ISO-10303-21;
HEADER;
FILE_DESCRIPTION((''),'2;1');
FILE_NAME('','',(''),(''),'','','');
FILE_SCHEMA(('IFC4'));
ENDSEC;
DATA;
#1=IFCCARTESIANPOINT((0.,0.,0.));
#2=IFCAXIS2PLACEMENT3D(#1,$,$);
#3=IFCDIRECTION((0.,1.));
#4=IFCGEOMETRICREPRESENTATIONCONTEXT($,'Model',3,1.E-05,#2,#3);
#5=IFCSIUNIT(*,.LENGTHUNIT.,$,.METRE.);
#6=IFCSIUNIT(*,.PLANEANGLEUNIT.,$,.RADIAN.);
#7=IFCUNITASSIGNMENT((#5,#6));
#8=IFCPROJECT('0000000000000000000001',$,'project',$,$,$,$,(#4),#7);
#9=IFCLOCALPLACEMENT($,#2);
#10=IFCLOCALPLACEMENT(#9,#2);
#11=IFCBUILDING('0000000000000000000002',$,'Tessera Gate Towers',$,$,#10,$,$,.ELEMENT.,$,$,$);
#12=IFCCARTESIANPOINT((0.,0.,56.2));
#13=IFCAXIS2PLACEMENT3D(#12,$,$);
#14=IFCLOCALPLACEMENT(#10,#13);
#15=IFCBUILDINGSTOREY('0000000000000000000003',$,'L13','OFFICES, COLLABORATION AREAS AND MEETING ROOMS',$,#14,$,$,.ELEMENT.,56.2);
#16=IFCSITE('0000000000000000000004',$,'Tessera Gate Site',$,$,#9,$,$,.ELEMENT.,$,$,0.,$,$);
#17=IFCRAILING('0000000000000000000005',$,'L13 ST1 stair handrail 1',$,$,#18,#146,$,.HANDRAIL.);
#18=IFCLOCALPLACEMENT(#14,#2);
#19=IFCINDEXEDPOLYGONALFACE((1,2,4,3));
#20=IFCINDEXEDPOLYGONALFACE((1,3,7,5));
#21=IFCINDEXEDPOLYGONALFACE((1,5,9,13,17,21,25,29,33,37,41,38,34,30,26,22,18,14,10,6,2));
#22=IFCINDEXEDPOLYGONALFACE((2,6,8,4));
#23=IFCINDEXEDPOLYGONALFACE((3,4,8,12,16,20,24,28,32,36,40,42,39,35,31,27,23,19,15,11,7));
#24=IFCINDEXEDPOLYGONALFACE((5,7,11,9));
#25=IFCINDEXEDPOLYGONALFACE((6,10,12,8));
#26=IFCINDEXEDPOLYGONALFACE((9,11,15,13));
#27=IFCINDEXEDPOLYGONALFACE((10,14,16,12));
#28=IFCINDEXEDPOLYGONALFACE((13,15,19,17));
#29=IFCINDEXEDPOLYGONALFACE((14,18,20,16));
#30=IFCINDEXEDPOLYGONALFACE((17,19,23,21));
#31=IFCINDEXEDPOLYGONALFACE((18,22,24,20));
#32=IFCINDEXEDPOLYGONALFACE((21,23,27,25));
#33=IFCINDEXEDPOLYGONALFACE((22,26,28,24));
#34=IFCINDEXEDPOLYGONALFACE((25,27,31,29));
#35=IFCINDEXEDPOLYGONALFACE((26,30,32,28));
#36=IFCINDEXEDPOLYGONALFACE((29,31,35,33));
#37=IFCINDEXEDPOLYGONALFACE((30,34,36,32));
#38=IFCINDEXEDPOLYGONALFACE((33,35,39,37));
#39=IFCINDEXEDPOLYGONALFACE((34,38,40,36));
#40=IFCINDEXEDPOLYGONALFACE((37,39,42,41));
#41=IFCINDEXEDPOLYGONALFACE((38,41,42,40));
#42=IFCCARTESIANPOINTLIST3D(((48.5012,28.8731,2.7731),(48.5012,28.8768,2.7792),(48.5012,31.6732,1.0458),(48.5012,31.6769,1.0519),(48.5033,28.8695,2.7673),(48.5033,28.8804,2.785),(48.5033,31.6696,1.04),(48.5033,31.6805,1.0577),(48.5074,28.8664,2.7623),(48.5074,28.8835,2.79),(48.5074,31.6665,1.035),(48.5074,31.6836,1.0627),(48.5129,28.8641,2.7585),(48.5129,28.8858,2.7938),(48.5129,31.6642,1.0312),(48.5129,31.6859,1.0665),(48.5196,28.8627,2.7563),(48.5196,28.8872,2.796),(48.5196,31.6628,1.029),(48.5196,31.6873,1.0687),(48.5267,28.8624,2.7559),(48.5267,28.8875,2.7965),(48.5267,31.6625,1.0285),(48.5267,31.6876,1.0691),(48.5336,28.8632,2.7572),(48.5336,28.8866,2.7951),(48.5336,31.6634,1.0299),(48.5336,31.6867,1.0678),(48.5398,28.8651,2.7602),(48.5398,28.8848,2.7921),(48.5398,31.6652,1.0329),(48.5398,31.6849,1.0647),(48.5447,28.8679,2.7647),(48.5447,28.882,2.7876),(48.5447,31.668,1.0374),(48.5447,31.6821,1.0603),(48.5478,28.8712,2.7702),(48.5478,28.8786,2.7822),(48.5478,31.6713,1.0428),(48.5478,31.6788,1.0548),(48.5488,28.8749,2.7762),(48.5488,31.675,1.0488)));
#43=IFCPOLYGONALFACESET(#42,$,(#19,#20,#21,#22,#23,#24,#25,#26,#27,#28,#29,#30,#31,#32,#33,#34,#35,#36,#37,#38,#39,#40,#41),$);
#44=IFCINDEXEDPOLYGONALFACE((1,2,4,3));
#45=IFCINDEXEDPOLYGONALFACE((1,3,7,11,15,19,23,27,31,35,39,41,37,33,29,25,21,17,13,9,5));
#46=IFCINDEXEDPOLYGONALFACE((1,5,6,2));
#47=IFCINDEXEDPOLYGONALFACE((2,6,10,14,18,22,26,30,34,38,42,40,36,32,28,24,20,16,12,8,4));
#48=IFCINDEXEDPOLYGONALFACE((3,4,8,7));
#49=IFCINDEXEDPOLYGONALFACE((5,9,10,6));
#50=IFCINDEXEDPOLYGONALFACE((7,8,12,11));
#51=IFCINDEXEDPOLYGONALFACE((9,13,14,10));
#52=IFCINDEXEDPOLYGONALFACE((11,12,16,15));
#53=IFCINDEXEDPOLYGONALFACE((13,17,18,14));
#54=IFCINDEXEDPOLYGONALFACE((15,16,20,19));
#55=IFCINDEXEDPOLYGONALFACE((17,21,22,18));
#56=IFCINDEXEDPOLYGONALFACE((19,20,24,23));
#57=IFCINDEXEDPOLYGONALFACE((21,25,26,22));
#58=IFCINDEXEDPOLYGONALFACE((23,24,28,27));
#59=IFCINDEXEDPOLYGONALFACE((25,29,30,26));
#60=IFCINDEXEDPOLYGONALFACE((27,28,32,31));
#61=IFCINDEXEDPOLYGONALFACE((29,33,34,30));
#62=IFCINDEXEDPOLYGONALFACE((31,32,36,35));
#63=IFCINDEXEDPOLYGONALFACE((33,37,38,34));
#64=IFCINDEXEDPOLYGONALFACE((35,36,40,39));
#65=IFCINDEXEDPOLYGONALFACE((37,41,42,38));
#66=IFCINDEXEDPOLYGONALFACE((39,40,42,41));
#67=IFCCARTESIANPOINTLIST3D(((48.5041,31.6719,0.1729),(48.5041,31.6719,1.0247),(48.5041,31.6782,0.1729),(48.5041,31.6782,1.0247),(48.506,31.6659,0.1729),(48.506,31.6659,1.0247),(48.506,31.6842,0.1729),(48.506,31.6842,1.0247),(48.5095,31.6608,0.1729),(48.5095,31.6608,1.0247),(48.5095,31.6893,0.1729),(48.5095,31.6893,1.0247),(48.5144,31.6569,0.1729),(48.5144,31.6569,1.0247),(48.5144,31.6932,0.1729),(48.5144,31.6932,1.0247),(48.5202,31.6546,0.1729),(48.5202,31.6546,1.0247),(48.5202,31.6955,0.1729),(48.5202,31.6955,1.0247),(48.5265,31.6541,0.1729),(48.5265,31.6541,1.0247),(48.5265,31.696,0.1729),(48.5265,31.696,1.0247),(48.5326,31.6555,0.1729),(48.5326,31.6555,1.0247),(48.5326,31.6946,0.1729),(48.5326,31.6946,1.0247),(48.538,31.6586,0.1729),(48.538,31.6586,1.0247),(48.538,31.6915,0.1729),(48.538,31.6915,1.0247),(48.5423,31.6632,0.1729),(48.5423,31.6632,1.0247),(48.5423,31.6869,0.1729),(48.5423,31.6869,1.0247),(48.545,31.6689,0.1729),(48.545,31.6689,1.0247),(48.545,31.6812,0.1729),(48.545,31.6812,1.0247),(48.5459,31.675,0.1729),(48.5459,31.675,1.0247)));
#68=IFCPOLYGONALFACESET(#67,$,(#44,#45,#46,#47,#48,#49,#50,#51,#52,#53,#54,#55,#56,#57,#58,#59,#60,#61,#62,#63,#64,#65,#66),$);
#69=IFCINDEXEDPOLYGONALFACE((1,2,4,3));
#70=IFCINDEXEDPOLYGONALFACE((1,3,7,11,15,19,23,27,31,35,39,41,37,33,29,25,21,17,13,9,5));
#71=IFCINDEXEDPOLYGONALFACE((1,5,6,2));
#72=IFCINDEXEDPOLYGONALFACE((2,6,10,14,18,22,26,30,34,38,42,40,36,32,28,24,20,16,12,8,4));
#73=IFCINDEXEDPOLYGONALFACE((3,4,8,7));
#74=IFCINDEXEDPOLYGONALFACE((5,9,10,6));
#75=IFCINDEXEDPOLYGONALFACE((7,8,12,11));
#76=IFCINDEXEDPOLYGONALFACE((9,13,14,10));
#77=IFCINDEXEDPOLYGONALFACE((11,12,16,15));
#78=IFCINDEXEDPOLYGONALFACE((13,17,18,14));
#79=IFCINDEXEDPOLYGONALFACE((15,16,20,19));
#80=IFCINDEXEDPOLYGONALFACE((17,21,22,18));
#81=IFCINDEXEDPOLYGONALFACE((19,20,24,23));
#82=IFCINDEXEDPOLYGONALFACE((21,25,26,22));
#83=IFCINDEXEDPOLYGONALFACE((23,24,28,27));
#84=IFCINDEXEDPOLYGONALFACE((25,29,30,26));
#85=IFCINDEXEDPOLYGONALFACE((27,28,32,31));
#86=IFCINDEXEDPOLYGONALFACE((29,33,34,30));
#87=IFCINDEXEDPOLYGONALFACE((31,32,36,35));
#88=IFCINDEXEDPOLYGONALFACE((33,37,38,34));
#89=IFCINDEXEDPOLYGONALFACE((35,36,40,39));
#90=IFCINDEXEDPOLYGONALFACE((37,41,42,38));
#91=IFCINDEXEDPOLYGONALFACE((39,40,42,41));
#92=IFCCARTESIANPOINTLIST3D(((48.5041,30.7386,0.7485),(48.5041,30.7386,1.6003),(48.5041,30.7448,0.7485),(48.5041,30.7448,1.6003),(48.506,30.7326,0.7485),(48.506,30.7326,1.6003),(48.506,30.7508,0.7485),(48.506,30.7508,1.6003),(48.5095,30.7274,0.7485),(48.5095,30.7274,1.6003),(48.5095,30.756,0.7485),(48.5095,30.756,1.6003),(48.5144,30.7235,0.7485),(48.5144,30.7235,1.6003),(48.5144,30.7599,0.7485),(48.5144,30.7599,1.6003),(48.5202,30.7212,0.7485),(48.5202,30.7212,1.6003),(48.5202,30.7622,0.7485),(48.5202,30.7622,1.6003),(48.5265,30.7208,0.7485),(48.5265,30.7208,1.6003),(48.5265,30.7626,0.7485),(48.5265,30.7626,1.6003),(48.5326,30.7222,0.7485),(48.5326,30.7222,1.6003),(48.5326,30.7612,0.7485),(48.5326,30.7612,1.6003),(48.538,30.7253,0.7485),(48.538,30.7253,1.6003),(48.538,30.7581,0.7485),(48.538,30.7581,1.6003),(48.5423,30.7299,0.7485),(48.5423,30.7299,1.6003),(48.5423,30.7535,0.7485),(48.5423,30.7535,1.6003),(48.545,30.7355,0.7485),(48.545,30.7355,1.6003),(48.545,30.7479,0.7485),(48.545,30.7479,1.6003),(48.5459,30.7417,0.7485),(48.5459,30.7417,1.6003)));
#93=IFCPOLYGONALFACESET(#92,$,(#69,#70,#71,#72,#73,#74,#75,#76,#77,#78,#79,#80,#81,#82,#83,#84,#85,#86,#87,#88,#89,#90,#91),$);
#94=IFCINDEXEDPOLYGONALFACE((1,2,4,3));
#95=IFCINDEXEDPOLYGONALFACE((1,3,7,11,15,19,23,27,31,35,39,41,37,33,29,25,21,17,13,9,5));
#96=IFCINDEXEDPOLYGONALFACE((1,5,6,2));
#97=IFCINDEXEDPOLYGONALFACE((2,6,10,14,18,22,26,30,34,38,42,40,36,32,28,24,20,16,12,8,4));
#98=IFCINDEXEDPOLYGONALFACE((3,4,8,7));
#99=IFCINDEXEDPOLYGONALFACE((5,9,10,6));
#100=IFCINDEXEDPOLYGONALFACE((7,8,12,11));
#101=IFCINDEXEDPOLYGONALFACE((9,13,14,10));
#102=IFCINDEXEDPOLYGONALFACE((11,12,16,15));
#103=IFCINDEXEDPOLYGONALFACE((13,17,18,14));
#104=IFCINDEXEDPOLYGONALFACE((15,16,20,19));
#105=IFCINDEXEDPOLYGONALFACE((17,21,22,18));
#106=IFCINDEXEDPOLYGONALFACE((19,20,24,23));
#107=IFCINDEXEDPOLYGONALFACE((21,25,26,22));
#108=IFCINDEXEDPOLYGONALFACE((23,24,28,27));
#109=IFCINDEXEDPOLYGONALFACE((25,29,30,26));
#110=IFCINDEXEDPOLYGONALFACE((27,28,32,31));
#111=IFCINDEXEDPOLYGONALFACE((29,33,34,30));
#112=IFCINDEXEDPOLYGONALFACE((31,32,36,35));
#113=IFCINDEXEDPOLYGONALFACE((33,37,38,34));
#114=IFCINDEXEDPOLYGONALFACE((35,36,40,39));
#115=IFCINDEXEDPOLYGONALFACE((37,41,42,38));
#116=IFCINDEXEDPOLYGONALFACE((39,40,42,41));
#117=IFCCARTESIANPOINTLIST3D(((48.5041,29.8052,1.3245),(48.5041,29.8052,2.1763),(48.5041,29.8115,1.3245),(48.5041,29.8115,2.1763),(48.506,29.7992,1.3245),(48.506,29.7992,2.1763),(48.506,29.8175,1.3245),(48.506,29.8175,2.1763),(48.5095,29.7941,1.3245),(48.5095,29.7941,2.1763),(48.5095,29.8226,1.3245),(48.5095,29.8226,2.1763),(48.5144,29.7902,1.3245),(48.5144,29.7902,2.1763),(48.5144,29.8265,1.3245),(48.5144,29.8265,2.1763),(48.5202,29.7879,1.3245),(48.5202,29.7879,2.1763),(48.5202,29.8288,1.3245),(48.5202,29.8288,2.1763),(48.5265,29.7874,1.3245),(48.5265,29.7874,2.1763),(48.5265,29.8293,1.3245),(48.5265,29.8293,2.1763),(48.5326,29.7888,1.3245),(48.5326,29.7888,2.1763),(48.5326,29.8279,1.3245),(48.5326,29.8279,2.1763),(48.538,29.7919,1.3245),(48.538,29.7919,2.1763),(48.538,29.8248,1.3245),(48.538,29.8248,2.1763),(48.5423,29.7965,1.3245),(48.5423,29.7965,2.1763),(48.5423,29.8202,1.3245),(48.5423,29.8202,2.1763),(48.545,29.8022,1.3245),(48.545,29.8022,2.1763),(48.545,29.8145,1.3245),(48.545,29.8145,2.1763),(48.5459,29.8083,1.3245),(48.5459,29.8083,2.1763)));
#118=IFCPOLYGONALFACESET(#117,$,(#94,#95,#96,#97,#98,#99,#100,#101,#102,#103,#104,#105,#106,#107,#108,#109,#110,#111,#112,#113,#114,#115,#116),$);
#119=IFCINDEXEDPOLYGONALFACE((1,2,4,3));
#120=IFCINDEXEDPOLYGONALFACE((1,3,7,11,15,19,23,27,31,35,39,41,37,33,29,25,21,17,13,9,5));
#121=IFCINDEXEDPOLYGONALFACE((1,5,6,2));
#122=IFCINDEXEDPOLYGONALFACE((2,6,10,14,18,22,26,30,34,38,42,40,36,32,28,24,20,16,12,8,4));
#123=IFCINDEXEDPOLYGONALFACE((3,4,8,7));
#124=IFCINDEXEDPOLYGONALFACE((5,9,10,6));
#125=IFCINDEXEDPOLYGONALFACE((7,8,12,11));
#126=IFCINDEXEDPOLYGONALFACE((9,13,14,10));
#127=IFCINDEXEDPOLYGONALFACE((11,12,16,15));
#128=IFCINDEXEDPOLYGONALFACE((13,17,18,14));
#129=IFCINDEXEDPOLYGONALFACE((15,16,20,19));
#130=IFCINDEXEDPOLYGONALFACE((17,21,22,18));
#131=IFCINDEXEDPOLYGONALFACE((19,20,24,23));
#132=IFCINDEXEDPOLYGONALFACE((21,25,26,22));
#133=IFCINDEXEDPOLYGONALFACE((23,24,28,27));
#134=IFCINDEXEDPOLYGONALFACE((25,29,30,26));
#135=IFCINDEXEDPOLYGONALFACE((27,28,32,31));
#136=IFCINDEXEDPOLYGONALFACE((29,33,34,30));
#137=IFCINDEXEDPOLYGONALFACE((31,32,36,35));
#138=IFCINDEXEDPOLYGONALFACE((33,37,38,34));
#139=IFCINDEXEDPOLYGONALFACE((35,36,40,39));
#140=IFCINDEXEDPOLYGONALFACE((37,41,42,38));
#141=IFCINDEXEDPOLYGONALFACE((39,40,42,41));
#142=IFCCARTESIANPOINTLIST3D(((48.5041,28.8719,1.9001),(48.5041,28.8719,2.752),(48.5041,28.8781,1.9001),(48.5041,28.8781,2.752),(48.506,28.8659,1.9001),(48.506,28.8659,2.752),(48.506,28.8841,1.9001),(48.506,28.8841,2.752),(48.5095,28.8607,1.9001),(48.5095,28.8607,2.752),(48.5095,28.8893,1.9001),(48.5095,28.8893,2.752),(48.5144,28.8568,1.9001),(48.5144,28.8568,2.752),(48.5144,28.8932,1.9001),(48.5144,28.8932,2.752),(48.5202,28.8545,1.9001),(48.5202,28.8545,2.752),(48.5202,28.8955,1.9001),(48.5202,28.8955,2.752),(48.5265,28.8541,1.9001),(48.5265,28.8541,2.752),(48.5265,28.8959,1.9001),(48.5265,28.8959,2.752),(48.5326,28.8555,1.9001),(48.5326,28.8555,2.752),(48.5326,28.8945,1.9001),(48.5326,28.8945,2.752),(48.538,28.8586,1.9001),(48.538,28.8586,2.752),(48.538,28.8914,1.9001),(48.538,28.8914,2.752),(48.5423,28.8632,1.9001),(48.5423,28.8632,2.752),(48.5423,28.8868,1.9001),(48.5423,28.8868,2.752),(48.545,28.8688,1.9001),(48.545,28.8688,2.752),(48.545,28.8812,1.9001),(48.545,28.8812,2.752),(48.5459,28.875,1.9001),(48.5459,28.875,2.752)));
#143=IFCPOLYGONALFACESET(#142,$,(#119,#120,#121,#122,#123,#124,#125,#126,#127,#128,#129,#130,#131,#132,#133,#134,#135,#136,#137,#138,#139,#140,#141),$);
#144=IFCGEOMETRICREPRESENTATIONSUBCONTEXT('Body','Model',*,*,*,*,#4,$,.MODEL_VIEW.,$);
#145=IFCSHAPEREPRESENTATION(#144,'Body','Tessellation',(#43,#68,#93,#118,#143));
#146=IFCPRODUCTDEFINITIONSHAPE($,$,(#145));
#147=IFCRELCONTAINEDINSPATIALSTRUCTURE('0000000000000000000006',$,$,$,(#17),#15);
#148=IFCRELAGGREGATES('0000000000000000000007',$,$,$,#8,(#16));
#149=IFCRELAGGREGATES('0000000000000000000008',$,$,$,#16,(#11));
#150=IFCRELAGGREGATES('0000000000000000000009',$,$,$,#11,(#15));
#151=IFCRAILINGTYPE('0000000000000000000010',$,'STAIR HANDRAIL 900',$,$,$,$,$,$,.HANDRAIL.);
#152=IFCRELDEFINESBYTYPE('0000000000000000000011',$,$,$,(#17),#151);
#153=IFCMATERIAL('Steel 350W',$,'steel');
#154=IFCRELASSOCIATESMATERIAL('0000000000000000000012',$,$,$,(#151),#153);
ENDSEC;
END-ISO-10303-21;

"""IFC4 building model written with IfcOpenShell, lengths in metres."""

from ifc_helpers import new_model, si_unit, direction, frame, origin, origin_2d, place, context, subcontext, project, spatial, circle, extrude, material, type_object, element, save


model = new_model("IFC4")

# Units and contexts
model_context = context("Model", 3, precision=1e-05, world=origin(), true_north=direction((0.0, 1.0)))
body_context = subcontext(model_context, "Body", "Model", "MODEL_VIEW")
ifc_project = project(units=[si_unit("LENGTHUNIT", "METRE"), si_unit("PLANEANGLEUNIT", "RADIAN")], contexts=[model_context])

# Site, building, storey
site_placement = place(None, origin())
site = spatial("IfcSite", under=ifc_project, at=site_placement, Name="Tessera Gate Site", CompositionType="ELEMENT", RefElevation=0.0)
building_placement = place(site_placement, origin())
building = spatial("IfcBuilding", under=site, at=building_placement, Name="Tessera Gate Towers", CompositionType="ELEMENT")
storey_placement = place(building_placement, frame((0.0, 0.0, 56.2)))
storey = spatial("IfcBuildingStorey", under=building, at=storey_placement, Name="L13", Description="OFFICES, COLLABORATION AREAS AND MEETING ROOMS", CompositionType="ELEMENT", Elevation=56.2)

# Railing
ifc_material_1 = material(Name="Steel 350W", Category="steel")
railing_type = type_object("IfcRailingType", Name="STAIR HANDRAIL 900", PredefinedType="HANDRAIL", material=ifc_material_1)
railing_placement = place(storey_placement, frame((48.5249, 31.675, 0.1729)))
element("IfcRailing", 1, at=railing_placement, inside=storey, type_object=railing_type, Name="L13 ST1 stair handrail 1", PredefinedType="HANDRAIL", context=body_context, shape_type="SweptSolid", body=[
    extrude(circle(Radius=0.0239, at=origin_2d()), frame((0.0, 0.0, 0.876), z_axis=(0.0, -0.85109, 0.52502), x_axis=(1.0, 0.0, 0.0)), (0.0, 0.0, 1.0), 3.29),
    extrude(circle(Radius=0.021, at=origin_2d()), origin(), (0.0, 0.0, 1.0), 0.8518),
    extrude(circle(Radius=0.021, at=origin_2d()), frame((0.0, -0.9333, 0.5757)), (0.0, 0.0, 1.0), 0.8518),
    extrude(circle(Radius=0.021, at=origin_2d()), frame((0.0, -1.8667, 1.1516)), (0.0, 0.0, 1.0), 0.8518),
    extrude(circle(Radius=0.021, at=origin_2d()), frame((0.0, -2.8, 1.7273)), (0.0, 0.0, 1.0), 0.8518),
])

save(model, "model.ifc")
